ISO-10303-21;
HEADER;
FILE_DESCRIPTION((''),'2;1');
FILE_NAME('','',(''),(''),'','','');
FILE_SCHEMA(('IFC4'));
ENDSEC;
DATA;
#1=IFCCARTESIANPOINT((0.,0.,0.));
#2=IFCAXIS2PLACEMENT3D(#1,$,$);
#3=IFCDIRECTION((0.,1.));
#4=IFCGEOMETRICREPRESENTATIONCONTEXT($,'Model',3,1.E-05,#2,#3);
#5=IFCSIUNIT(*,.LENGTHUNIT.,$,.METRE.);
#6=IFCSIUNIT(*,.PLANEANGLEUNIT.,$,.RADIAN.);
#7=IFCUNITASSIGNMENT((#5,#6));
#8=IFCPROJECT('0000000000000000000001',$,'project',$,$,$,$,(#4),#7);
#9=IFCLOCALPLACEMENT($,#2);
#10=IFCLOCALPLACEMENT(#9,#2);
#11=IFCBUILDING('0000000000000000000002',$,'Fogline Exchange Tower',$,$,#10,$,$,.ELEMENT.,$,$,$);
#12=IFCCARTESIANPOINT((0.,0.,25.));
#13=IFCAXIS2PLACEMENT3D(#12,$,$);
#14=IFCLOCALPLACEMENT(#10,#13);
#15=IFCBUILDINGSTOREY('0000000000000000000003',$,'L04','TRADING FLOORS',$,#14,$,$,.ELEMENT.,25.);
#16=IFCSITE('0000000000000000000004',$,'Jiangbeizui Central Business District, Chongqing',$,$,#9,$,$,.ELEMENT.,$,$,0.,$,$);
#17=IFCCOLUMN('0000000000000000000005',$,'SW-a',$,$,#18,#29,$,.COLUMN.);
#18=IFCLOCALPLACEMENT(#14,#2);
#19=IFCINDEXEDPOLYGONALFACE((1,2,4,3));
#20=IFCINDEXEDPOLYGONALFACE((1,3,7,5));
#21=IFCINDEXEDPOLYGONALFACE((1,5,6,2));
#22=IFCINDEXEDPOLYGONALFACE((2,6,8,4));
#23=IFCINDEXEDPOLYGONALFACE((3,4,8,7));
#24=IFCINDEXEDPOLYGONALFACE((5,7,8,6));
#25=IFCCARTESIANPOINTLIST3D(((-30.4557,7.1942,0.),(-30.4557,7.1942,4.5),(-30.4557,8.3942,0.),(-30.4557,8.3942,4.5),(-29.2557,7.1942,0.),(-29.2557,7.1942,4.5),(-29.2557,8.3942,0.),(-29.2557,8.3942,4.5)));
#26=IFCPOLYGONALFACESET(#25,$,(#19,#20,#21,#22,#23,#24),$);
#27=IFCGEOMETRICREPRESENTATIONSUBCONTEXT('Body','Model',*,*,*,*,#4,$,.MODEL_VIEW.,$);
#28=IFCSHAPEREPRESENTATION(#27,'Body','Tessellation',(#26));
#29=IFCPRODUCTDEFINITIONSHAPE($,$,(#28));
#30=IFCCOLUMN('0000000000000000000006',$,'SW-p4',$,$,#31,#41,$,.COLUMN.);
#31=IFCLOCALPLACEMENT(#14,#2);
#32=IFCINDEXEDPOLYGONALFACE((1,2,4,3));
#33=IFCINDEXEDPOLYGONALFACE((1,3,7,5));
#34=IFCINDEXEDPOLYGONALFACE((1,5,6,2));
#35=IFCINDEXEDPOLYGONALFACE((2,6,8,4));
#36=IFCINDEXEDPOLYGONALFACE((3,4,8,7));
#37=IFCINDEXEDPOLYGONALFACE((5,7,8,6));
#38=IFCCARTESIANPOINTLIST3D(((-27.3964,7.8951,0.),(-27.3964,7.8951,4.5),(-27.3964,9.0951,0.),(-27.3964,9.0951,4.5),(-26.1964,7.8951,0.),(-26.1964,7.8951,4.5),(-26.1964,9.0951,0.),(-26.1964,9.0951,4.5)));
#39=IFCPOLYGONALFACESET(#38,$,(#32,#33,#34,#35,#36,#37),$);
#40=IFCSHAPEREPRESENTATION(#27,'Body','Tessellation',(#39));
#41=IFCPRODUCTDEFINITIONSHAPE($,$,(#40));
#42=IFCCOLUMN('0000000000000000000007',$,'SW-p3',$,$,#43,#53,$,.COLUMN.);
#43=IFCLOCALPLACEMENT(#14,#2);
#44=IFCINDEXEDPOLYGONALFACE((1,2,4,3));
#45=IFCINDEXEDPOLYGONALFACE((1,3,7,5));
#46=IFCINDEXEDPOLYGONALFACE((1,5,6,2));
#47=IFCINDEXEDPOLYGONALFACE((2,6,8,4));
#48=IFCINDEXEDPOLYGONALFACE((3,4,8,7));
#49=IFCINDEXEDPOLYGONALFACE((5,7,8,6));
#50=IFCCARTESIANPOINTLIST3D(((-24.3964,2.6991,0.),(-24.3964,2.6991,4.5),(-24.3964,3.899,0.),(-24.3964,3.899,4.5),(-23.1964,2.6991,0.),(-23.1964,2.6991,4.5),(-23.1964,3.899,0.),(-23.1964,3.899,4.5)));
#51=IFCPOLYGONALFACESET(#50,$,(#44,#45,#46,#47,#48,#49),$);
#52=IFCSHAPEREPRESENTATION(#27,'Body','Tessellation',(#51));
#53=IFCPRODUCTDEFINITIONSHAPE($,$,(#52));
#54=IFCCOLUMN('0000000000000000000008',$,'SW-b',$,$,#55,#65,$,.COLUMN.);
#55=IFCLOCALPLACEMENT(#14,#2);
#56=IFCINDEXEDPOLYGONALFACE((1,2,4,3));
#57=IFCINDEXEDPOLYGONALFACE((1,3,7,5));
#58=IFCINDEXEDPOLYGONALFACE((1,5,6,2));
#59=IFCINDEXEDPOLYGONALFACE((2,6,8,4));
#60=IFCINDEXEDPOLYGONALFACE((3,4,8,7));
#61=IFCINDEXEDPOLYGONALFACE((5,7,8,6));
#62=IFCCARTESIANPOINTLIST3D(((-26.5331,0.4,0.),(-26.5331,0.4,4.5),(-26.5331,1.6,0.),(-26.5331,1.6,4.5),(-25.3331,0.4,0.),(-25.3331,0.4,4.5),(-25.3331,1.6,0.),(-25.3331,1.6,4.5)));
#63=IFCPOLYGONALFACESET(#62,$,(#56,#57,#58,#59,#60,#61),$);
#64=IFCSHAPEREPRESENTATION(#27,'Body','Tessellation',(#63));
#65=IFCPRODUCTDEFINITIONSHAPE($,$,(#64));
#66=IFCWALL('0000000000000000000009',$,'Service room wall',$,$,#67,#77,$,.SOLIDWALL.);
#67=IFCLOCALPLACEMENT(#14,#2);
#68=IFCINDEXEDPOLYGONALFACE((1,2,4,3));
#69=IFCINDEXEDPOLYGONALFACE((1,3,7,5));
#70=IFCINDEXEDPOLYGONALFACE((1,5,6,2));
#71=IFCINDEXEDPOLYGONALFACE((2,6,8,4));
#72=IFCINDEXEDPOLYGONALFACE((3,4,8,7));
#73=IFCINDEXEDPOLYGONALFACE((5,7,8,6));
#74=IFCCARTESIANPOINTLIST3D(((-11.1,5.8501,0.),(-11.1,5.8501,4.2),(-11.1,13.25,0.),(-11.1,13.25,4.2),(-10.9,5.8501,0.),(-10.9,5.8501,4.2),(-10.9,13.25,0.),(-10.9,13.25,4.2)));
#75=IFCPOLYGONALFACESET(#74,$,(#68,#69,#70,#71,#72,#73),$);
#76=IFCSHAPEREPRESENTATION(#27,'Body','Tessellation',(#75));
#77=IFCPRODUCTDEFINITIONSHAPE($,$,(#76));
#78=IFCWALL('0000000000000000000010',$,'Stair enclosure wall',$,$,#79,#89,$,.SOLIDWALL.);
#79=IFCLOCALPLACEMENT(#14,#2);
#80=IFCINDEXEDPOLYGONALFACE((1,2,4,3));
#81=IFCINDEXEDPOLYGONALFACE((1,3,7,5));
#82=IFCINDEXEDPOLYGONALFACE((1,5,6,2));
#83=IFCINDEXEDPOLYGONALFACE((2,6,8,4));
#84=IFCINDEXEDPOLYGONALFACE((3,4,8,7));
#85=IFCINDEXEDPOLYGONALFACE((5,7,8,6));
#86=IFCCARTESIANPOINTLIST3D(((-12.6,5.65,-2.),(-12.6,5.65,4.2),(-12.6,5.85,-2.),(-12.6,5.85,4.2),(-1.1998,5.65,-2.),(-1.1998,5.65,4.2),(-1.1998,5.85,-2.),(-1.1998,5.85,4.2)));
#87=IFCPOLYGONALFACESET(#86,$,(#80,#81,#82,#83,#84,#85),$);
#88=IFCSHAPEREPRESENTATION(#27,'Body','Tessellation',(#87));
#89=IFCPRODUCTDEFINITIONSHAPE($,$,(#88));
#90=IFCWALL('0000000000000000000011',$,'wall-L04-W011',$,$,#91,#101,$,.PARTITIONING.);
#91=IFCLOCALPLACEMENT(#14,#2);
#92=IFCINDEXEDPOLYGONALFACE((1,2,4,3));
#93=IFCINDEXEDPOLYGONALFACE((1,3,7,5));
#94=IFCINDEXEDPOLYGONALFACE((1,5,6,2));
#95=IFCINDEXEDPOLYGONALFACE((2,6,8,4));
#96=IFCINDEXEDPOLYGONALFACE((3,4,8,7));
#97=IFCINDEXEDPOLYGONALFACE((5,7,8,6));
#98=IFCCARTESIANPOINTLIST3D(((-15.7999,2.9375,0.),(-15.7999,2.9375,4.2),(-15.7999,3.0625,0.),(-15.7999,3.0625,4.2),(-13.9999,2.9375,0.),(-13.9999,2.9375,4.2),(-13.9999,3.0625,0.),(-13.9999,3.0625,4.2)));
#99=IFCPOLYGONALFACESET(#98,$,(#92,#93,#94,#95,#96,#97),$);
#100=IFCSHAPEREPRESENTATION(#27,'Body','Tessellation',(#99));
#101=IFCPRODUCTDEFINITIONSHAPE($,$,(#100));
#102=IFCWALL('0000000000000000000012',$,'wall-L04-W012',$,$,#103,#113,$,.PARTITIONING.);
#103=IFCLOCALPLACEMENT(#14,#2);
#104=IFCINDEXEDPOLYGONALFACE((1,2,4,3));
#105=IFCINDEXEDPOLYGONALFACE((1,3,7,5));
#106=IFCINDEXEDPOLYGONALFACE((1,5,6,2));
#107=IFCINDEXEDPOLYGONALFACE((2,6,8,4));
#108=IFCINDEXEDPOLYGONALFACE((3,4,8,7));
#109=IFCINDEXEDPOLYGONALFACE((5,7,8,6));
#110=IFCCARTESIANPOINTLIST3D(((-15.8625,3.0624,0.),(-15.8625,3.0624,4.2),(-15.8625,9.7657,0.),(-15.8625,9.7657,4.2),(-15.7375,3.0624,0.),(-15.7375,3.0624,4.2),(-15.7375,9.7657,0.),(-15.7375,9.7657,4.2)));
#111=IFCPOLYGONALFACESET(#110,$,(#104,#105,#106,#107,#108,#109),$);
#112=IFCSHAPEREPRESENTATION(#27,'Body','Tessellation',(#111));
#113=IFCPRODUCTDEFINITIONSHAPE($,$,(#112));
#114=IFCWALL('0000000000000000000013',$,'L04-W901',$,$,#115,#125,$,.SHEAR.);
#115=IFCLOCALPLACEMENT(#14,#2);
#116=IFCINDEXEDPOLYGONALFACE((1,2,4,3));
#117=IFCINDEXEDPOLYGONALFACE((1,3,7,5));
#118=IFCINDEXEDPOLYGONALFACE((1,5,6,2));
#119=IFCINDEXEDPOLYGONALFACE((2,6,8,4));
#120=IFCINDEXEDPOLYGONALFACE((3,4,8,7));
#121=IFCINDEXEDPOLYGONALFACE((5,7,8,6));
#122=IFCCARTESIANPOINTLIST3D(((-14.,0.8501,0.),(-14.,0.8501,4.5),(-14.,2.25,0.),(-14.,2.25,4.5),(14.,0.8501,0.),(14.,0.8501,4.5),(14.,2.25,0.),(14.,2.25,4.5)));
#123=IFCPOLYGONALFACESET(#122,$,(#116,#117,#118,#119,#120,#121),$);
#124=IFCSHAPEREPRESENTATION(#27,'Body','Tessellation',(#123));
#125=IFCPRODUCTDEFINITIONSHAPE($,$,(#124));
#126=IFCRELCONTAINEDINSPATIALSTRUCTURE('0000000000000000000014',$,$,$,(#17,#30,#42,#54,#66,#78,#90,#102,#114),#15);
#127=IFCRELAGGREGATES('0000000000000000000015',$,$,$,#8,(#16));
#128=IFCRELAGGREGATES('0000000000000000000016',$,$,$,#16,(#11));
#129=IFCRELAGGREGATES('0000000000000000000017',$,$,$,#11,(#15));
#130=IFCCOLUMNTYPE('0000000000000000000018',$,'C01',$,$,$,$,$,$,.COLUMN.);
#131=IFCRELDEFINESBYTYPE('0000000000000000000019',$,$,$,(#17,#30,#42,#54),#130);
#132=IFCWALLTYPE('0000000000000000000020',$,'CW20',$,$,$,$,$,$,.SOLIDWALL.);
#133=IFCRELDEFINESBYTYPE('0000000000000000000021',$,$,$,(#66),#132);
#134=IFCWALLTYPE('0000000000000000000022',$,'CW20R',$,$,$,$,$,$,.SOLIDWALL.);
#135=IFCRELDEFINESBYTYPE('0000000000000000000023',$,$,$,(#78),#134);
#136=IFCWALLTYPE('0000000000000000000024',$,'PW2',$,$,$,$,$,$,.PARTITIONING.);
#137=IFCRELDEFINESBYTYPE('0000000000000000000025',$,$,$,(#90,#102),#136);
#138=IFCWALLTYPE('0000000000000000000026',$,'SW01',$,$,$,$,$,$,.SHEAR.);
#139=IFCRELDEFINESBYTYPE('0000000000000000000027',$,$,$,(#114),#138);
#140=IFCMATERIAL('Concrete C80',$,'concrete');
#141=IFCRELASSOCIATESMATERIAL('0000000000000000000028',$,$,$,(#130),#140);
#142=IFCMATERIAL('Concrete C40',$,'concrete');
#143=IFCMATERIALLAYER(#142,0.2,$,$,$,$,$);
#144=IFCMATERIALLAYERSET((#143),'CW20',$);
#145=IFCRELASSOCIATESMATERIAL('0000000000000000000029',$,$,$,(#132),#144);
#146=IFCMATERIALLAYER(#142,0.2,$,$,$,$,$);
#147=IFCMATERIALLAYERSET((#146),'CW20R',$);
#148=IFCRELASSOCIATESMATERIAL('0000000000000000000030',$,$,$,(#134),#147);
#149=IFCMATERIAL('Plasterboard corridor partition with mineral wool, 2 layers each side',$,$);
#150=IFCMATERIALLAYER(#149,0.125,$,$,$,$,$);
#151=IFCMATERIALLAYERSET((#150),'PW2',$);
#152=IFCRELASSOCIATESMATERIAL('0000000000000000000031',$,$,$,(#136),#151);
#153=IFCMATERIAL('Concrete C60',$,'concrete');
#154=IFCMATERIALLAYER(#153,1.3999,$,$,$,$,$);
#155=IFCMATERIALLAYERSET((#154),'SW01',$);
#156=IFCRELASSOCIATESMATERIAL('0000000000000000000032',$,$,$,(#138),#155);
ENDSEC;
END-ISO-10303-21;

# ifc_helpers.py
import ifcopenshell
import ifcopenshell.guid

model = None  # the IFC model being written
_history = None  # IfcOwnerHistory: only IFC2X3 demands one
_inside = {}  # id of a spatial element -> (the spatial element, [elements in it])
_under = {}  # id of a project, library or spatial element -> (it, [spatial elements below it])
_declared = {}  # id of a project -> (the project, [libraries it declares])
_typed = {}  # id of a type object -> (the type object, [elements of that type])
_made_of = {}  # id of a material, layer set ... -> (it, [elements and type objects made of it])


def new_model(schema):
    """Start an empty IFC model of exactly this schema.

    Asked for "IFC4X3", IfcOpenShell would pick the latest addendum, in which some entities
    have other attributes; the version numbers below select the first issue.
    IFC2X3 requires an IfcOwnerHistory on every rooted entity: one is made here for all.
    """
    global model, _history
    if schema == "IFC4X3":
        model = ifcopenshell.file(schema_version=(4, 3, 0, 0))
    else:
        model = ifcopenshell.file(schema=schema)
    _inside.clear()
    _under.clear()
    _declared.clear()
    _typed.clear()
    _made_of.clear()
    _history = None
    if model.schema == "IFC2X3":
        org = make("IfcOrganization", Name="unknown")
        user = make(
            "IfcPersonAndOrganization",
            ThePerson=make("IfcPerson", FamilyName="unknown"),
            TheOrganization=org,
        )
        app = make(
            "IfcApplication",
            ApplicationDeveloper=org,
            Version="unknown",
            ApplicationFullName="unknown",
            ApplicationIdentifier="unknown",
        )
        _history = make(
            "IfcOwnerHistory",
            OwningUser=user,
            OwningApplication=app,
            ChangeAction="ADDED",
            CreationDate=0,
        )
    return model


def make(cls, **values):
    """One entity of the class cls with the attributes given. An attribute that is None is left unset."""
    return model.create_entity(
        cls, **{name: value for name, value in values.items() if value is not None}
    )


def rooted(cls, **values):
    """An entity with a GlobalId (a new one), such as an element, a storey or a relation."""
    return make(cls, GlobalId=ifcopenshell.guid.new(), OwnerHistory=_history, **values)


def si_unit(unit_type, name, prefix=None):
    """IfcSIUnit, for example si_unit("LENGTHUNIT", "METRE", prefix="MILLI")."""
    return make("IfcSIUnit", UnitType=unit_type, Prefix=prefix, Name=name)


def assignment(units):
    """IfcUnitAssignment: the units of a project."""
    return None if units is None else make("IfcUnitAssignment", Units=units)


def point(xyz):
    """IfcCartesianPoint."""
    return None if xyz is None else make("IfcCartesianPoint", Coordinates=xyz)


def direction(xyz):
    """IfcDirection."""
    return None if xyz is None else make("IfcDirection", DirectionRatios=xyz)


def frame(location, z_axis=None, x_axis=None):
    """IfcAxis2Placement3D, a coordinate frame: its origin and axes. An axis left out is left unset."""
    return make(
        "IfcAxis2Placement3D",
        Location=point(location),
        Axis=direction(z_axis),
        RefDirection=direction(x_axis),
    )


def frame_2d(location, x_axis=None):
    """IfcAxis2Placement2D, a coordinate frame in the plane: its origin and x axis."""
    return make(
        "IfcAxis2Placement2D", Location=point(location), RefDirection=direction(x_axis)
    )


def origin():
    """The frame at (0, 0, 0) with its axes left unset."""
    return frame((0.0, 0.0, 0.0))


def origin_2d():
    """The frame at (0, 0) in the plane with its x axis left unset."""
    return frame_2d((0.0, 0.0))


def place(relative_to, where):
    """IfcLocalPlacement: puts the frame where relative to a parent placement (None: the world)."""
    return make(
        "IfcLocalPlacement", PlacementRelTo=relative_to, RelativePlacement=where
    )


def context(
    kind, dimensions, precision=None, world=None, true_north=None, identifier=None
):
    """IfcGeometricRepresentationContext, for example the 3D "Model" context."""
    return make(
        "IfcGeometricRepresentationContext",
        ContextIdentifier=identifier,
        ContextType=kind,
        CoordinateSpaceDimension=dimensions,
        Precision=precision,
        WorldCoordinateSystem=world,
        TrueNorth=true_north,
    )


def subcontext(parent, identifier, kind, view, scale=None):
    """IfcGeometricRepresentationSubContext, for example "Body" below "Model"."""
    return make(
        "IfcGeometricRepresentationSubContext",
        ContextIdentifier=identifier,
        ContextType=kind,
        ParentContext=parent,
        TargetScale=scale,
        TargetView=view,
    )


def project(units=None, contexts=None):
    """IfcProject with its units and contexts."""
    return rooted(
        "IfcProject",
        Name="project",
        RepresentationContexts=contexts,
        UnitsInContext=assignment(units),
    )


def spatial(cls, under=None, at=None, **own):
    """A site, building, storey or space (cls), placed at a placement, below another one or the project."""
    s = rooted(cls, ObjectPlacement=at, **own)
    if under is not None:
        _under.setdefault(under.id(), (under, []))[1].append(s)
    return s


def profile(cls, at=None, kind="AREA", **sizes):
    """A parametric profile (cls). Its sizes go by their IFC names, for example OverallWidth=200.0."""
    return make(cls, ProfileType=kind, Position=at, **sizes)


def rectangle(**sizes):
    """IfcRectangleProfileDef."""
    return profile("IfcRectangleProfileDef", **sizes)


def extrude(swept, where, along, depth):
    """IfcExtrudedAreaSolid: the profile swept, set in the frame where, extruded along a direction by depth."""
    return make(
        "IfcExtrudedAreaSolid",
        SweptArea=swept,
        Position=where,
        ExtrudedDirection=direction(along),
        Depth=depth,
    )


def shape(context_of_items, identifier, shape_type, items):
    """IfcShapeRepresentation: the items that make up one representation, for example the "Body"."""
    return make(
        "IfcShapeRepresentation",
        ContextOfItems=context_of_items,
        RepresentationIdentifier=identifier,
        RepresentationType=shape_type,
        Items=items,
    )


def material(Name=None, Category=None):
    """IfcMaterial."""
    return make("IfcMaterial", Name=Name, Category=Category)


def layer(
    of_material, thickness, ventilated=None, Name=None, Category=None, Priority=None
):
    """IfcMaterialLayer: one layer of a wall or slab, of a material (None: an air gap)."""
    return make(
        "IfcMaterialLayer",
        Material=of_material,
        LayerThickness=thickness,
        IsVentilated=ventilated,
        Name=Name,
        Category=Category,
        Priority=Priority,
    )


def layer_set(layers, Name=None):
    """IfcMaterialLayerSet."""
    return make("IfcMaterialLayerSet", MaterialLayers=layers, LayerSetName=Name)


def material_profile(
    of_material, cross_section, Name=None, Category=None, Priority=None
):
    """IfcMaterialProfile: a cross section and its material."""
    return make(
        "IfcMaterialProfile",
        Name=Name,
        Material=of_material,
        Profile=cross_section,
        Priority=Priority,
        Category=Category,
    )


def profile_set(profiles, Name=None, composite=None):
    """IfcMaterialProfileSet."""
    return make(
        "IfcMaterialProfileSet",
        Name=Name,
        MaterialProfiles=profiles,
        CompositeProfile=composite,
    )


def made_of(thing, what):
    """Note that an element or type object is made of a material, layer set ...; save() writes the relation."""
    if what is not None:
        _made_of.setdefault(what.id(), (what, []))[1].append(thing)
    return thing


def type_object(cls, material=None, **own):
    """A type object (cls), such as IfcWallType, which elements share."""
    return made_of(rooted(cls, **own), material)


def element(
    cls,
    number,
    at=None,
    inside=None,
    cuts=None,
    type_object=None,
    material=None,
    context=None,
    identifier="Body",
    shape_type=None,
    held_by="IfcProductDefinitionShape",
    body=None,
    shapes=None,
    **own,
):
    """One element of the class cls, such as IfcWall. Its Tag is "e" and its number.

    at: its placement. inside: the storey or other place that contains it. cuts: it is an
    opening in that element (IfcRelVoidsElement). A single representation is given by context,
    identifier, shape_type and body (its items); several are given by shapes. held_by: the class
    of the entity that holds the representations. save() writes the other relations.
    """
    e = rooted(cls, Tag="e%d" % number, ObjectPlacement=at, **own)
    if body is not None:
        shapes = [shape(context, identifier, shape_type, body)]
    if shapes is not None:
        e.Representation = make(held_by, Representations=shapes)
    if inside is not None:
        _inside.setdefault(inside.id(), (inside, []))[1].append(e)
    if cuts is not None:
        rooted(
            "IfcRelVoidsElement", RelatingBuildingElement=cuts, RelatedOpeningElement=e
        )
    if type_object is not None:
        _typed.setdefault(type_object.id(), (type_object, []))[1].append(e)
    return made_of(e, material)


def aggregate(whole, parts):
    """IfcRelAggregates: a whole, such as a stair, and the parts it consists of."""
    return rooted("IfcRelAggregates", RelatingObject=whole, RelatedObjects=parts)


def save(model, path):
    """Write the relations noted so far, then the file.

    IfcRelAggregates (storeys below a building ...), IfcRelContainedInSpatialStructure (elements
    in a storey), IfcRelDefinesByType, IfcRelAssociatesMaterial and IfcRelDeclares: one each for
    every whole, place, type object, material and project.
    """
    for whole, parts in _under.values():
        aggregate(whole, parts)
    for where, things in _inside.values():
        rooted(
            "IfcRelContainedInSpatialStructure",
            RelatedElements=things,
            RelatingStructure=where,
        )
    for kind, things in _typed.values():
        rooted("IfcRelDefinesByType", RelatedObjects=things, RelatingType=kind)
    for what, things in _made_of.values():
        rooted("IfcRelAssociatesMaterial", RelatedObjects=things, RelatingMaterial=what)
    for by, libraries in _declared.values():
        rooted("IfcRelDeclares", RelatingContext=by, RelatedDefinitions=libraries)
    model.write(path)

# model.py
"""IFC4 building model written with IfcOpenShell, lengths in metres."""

from ifc_helpers import new_model, si_unit, direction, frame, frame_2d, origin, origin_2d, place, context, subcontext, project, spatial, rectangle, extrude, material, layer, layer_set, material_profile, profile_set, type_object, element, save


model = new_model("IFC4")

# Units and contexts
model_context = context("Model", 3, precision=1e-05, world=origin(), true_north=direction((0.0, 1.0)))
body_context = subcontext(model_context, "Body", "Model", "MODEL_VIEW")
ifc_project = project(units=[si_unit("LENGTHUNIT", "METRE"), si_unit("PLANEANGLEUNIT", "RADIAN")], contexts=[model_context])

# Site, building, storey
site_placement = place(None, origin())
site = spatial("IfcSite", under=ifc_project, at=site_placement, Name="Jiangbeizui Central Business District, Chongqing", CompositionType="ELEMENT", RefElevation=0.0)
building_placement = place(site_placement, origin())
building = spatial("IfcBuilding", under=site, at=building_placement, Name="Fogline Exchange Tower", CompositionType="ELEMENT")
storey_placement = place(building_placement, frame((0.0, 0.0, 25.0)))
storey = spatial("IfcBuildingStorey", under=building, at=storey_placement, Name="L04", Description="TRADING FLOORS", CompositionType="ELEMENT", Elevation=25.0)

# Columns
ifc_material_1 = material(Name="Concrete C80", Category="concrete")
ifc_material_profile = material_profile(ifc_material_1, rectangle(XDim=1.2, YDim=1.2, at=origin_2d()), Name="RC 1200x1200")
ifc_profile_set = profile_set([ifc_material_profile], Name="Concrete C80")
column_type = type_object("IfcColumnType", Name="C01", PredefinedType="COLUMN", material=ifc_profile_set)
for number, where, z_axis, x_axis, name in (
    (1, (-29.8557, 7.7942, 0.0), (0.0, 0.0, 1.0), (1.0, 0.0, 0.0), "SW-a"),
    (2, (-26.7964, 8.4951, 0.0), (0.0, 0.0, 1.0), (1.0, 0.0, 0.0), "SW-p4"),
    (3, (-23.7964, 3.2991, 0.0), (0.0, 0.0, 1.0), (1.0, 0.0, 0.0), "SW-p3"),
    (4, (-25.9331, 1.0, 0.0), (0.0, 0.0, 1.0), (1.0, 0.0, 0.0), "SW-b"),
):
    element("IfcColumn", number, at=place(storey_placement, frame(where, z_axis=z_axis, x_axis=x_axis)), inside=storey, type_object=column_type, Name=name, PredefinedType="COLUMN", context=body_context, shape_type="SweptSolid", body=[
        extrude(rectangle(XDim=1.2, YDim=1.2, at=origin_2d()), origin(), (0.0, 0.0, 1.0), 4.5),
    ])

# Walls
ifc_material_2 = material(Name="Concrete C40", Category="concrete")
ifc_layer_1 = layer(ifc_material_2, 0.2)
ifc_layer_set_1 = layer_set([ifc_layer_1], Name="CW20")
wall_type_1 = type_object("IfcWallType", Name="CW20", PredefinedType="SOLIDWALL", material=ifc_layer_set_1)
wall_1_placement = place(storey_placement, frame((-11.0, 5.8501, 0.0), z_axis=(0.0, 0.0, 1.0), x_axis=(0.0, 1.0, 0.0)))
element("IfcWall", 5, at=wall_1_placement, inside=storey, type_object=wall_type_1, Name="Service room wall", PredefinedType="SOLIDWALL", context=body_context, shape_type="SweptSolid", body=[
    extrude(rectangle(XDim=7.3999, YDim=0.2, at=frame_2d((3.7, 0.0))), origin(), (0.0, 0.0, 1.0), 4.2),
])
ifc_layer_2 = layer(ifc_material_2, 0.2)
ifc_layer_set_2 = layer_set([ifc_layer_2], Name="CW20R")
wall_type_2 = type_object("IfcWallType", Name="CW20R", PredefinedType="SOLIDWALL", material=ifc_layer_set_2)
wall_2_placement = place(storey_placement, frame((-12.6001, 5.75, -2.0), z_axis=(0.0, 0.0, 1.0), x_axis=(1.0, 0.0, 0.0)))
element("IfcWall", 6, at=wall_2_placement, inside=storey, type_object=wall_type_2, Name="Stair enclosure wall", PredefinedType="SOLIDWALL", context=body_context, shape_type="SweptSolid", body=[
    extrude(rectangle(XDim=11.4001, YDim=0.2, at=frame_2d((5.7002, 0.0))), origin(), (0.0, 0.0, 1.0), 6.2),
])

# Walls
ifc_material_3 = material(Name="Plasterboard corridor partition with mineral wool, 2 layers each side")
ifc_layer_3 = layer(ifc_material_3, 0.125)
ifc_layer_set_3 = layer_set([ifc_layer_3], Name="PW2")
wall_type_3 = type_object("IfcWallType", Name="PW2", PredefinedType="PARTITIONING", material=ifc_layer_set_3)
wall_3_placement = place(storey_placement, frame((-14.0, 3.0, 0.0), z_axis=(0.0, 0.0, 1.0), x_axis=(-1.0, 0.0, 0.0)))
element("IfcWall", 7, at=wall_3_placement, inside=storey, type_object=wall_type_3, Name="wall-L04-W011", PredefinedType="PARTITIONING", context=body_context, shape_type="SweptSolid", body=[
    extrude(rectangle(XDim=1.8, YDim=0.125, at=frame_2d((0.8999, 0.0))), origin(), (0.0, 0.0, 1.0), 4.2),
])
wall_4_placement = place(storey_placement, frame((-15.8, 3.0625, 0.0), z_axis=(0.0, 0.0, 1.0), x_axis=(0.0, 1.0, 0.0)))
element("IfcWall", 8, at=wall_4_placement, inside=storey, type_object=wall_type_3, Name="wall-L04-W012", PredefinedType="PARTITIONING", context=body_context, shape_type="SweptSolid", body=[
    extrude(rectangle(XDim=6.7034, YDim=0.125, at=frame_2d((3.3516, 0.0))), origin(), (0.0, 0.0, 1.0), 4.2),
])
ifc_material_4 = material(Name="Concrete C60", Category="concrete")
ifc_layer_4 = layer(ifc_material_4, 1.3999)
ifc_layer_set_4 = layer_set([ifc_layer_4], Name="SW01")
wall_type_4 = type_object("IfcWallType", Name="SW01", PredefinedType="SHEAR", material=ifc_layer_set_4)
wall_5_placement = place(storey_placement, frame((-14.0, 1.55, 0.0), z_axis=(0.0, 0.0, 1.0), x_axis=(1.0, 0.0, 0.0)))
element("IfcWall", 9, at=wall_5_placement, inside=storey, type_object=wall_type_4, Name="L04-W901", PredefinedType="SHEAR", context=body_context, shape_type="SweptSolid", body=[
    extrude(rectangle(XDim=28.0, YDim=1.3999, at=frame_2d((14.0, 0.0))), origin(), (0.0, 0.0, 1.0), 4.5),
])

save(model, "model.ifc")
